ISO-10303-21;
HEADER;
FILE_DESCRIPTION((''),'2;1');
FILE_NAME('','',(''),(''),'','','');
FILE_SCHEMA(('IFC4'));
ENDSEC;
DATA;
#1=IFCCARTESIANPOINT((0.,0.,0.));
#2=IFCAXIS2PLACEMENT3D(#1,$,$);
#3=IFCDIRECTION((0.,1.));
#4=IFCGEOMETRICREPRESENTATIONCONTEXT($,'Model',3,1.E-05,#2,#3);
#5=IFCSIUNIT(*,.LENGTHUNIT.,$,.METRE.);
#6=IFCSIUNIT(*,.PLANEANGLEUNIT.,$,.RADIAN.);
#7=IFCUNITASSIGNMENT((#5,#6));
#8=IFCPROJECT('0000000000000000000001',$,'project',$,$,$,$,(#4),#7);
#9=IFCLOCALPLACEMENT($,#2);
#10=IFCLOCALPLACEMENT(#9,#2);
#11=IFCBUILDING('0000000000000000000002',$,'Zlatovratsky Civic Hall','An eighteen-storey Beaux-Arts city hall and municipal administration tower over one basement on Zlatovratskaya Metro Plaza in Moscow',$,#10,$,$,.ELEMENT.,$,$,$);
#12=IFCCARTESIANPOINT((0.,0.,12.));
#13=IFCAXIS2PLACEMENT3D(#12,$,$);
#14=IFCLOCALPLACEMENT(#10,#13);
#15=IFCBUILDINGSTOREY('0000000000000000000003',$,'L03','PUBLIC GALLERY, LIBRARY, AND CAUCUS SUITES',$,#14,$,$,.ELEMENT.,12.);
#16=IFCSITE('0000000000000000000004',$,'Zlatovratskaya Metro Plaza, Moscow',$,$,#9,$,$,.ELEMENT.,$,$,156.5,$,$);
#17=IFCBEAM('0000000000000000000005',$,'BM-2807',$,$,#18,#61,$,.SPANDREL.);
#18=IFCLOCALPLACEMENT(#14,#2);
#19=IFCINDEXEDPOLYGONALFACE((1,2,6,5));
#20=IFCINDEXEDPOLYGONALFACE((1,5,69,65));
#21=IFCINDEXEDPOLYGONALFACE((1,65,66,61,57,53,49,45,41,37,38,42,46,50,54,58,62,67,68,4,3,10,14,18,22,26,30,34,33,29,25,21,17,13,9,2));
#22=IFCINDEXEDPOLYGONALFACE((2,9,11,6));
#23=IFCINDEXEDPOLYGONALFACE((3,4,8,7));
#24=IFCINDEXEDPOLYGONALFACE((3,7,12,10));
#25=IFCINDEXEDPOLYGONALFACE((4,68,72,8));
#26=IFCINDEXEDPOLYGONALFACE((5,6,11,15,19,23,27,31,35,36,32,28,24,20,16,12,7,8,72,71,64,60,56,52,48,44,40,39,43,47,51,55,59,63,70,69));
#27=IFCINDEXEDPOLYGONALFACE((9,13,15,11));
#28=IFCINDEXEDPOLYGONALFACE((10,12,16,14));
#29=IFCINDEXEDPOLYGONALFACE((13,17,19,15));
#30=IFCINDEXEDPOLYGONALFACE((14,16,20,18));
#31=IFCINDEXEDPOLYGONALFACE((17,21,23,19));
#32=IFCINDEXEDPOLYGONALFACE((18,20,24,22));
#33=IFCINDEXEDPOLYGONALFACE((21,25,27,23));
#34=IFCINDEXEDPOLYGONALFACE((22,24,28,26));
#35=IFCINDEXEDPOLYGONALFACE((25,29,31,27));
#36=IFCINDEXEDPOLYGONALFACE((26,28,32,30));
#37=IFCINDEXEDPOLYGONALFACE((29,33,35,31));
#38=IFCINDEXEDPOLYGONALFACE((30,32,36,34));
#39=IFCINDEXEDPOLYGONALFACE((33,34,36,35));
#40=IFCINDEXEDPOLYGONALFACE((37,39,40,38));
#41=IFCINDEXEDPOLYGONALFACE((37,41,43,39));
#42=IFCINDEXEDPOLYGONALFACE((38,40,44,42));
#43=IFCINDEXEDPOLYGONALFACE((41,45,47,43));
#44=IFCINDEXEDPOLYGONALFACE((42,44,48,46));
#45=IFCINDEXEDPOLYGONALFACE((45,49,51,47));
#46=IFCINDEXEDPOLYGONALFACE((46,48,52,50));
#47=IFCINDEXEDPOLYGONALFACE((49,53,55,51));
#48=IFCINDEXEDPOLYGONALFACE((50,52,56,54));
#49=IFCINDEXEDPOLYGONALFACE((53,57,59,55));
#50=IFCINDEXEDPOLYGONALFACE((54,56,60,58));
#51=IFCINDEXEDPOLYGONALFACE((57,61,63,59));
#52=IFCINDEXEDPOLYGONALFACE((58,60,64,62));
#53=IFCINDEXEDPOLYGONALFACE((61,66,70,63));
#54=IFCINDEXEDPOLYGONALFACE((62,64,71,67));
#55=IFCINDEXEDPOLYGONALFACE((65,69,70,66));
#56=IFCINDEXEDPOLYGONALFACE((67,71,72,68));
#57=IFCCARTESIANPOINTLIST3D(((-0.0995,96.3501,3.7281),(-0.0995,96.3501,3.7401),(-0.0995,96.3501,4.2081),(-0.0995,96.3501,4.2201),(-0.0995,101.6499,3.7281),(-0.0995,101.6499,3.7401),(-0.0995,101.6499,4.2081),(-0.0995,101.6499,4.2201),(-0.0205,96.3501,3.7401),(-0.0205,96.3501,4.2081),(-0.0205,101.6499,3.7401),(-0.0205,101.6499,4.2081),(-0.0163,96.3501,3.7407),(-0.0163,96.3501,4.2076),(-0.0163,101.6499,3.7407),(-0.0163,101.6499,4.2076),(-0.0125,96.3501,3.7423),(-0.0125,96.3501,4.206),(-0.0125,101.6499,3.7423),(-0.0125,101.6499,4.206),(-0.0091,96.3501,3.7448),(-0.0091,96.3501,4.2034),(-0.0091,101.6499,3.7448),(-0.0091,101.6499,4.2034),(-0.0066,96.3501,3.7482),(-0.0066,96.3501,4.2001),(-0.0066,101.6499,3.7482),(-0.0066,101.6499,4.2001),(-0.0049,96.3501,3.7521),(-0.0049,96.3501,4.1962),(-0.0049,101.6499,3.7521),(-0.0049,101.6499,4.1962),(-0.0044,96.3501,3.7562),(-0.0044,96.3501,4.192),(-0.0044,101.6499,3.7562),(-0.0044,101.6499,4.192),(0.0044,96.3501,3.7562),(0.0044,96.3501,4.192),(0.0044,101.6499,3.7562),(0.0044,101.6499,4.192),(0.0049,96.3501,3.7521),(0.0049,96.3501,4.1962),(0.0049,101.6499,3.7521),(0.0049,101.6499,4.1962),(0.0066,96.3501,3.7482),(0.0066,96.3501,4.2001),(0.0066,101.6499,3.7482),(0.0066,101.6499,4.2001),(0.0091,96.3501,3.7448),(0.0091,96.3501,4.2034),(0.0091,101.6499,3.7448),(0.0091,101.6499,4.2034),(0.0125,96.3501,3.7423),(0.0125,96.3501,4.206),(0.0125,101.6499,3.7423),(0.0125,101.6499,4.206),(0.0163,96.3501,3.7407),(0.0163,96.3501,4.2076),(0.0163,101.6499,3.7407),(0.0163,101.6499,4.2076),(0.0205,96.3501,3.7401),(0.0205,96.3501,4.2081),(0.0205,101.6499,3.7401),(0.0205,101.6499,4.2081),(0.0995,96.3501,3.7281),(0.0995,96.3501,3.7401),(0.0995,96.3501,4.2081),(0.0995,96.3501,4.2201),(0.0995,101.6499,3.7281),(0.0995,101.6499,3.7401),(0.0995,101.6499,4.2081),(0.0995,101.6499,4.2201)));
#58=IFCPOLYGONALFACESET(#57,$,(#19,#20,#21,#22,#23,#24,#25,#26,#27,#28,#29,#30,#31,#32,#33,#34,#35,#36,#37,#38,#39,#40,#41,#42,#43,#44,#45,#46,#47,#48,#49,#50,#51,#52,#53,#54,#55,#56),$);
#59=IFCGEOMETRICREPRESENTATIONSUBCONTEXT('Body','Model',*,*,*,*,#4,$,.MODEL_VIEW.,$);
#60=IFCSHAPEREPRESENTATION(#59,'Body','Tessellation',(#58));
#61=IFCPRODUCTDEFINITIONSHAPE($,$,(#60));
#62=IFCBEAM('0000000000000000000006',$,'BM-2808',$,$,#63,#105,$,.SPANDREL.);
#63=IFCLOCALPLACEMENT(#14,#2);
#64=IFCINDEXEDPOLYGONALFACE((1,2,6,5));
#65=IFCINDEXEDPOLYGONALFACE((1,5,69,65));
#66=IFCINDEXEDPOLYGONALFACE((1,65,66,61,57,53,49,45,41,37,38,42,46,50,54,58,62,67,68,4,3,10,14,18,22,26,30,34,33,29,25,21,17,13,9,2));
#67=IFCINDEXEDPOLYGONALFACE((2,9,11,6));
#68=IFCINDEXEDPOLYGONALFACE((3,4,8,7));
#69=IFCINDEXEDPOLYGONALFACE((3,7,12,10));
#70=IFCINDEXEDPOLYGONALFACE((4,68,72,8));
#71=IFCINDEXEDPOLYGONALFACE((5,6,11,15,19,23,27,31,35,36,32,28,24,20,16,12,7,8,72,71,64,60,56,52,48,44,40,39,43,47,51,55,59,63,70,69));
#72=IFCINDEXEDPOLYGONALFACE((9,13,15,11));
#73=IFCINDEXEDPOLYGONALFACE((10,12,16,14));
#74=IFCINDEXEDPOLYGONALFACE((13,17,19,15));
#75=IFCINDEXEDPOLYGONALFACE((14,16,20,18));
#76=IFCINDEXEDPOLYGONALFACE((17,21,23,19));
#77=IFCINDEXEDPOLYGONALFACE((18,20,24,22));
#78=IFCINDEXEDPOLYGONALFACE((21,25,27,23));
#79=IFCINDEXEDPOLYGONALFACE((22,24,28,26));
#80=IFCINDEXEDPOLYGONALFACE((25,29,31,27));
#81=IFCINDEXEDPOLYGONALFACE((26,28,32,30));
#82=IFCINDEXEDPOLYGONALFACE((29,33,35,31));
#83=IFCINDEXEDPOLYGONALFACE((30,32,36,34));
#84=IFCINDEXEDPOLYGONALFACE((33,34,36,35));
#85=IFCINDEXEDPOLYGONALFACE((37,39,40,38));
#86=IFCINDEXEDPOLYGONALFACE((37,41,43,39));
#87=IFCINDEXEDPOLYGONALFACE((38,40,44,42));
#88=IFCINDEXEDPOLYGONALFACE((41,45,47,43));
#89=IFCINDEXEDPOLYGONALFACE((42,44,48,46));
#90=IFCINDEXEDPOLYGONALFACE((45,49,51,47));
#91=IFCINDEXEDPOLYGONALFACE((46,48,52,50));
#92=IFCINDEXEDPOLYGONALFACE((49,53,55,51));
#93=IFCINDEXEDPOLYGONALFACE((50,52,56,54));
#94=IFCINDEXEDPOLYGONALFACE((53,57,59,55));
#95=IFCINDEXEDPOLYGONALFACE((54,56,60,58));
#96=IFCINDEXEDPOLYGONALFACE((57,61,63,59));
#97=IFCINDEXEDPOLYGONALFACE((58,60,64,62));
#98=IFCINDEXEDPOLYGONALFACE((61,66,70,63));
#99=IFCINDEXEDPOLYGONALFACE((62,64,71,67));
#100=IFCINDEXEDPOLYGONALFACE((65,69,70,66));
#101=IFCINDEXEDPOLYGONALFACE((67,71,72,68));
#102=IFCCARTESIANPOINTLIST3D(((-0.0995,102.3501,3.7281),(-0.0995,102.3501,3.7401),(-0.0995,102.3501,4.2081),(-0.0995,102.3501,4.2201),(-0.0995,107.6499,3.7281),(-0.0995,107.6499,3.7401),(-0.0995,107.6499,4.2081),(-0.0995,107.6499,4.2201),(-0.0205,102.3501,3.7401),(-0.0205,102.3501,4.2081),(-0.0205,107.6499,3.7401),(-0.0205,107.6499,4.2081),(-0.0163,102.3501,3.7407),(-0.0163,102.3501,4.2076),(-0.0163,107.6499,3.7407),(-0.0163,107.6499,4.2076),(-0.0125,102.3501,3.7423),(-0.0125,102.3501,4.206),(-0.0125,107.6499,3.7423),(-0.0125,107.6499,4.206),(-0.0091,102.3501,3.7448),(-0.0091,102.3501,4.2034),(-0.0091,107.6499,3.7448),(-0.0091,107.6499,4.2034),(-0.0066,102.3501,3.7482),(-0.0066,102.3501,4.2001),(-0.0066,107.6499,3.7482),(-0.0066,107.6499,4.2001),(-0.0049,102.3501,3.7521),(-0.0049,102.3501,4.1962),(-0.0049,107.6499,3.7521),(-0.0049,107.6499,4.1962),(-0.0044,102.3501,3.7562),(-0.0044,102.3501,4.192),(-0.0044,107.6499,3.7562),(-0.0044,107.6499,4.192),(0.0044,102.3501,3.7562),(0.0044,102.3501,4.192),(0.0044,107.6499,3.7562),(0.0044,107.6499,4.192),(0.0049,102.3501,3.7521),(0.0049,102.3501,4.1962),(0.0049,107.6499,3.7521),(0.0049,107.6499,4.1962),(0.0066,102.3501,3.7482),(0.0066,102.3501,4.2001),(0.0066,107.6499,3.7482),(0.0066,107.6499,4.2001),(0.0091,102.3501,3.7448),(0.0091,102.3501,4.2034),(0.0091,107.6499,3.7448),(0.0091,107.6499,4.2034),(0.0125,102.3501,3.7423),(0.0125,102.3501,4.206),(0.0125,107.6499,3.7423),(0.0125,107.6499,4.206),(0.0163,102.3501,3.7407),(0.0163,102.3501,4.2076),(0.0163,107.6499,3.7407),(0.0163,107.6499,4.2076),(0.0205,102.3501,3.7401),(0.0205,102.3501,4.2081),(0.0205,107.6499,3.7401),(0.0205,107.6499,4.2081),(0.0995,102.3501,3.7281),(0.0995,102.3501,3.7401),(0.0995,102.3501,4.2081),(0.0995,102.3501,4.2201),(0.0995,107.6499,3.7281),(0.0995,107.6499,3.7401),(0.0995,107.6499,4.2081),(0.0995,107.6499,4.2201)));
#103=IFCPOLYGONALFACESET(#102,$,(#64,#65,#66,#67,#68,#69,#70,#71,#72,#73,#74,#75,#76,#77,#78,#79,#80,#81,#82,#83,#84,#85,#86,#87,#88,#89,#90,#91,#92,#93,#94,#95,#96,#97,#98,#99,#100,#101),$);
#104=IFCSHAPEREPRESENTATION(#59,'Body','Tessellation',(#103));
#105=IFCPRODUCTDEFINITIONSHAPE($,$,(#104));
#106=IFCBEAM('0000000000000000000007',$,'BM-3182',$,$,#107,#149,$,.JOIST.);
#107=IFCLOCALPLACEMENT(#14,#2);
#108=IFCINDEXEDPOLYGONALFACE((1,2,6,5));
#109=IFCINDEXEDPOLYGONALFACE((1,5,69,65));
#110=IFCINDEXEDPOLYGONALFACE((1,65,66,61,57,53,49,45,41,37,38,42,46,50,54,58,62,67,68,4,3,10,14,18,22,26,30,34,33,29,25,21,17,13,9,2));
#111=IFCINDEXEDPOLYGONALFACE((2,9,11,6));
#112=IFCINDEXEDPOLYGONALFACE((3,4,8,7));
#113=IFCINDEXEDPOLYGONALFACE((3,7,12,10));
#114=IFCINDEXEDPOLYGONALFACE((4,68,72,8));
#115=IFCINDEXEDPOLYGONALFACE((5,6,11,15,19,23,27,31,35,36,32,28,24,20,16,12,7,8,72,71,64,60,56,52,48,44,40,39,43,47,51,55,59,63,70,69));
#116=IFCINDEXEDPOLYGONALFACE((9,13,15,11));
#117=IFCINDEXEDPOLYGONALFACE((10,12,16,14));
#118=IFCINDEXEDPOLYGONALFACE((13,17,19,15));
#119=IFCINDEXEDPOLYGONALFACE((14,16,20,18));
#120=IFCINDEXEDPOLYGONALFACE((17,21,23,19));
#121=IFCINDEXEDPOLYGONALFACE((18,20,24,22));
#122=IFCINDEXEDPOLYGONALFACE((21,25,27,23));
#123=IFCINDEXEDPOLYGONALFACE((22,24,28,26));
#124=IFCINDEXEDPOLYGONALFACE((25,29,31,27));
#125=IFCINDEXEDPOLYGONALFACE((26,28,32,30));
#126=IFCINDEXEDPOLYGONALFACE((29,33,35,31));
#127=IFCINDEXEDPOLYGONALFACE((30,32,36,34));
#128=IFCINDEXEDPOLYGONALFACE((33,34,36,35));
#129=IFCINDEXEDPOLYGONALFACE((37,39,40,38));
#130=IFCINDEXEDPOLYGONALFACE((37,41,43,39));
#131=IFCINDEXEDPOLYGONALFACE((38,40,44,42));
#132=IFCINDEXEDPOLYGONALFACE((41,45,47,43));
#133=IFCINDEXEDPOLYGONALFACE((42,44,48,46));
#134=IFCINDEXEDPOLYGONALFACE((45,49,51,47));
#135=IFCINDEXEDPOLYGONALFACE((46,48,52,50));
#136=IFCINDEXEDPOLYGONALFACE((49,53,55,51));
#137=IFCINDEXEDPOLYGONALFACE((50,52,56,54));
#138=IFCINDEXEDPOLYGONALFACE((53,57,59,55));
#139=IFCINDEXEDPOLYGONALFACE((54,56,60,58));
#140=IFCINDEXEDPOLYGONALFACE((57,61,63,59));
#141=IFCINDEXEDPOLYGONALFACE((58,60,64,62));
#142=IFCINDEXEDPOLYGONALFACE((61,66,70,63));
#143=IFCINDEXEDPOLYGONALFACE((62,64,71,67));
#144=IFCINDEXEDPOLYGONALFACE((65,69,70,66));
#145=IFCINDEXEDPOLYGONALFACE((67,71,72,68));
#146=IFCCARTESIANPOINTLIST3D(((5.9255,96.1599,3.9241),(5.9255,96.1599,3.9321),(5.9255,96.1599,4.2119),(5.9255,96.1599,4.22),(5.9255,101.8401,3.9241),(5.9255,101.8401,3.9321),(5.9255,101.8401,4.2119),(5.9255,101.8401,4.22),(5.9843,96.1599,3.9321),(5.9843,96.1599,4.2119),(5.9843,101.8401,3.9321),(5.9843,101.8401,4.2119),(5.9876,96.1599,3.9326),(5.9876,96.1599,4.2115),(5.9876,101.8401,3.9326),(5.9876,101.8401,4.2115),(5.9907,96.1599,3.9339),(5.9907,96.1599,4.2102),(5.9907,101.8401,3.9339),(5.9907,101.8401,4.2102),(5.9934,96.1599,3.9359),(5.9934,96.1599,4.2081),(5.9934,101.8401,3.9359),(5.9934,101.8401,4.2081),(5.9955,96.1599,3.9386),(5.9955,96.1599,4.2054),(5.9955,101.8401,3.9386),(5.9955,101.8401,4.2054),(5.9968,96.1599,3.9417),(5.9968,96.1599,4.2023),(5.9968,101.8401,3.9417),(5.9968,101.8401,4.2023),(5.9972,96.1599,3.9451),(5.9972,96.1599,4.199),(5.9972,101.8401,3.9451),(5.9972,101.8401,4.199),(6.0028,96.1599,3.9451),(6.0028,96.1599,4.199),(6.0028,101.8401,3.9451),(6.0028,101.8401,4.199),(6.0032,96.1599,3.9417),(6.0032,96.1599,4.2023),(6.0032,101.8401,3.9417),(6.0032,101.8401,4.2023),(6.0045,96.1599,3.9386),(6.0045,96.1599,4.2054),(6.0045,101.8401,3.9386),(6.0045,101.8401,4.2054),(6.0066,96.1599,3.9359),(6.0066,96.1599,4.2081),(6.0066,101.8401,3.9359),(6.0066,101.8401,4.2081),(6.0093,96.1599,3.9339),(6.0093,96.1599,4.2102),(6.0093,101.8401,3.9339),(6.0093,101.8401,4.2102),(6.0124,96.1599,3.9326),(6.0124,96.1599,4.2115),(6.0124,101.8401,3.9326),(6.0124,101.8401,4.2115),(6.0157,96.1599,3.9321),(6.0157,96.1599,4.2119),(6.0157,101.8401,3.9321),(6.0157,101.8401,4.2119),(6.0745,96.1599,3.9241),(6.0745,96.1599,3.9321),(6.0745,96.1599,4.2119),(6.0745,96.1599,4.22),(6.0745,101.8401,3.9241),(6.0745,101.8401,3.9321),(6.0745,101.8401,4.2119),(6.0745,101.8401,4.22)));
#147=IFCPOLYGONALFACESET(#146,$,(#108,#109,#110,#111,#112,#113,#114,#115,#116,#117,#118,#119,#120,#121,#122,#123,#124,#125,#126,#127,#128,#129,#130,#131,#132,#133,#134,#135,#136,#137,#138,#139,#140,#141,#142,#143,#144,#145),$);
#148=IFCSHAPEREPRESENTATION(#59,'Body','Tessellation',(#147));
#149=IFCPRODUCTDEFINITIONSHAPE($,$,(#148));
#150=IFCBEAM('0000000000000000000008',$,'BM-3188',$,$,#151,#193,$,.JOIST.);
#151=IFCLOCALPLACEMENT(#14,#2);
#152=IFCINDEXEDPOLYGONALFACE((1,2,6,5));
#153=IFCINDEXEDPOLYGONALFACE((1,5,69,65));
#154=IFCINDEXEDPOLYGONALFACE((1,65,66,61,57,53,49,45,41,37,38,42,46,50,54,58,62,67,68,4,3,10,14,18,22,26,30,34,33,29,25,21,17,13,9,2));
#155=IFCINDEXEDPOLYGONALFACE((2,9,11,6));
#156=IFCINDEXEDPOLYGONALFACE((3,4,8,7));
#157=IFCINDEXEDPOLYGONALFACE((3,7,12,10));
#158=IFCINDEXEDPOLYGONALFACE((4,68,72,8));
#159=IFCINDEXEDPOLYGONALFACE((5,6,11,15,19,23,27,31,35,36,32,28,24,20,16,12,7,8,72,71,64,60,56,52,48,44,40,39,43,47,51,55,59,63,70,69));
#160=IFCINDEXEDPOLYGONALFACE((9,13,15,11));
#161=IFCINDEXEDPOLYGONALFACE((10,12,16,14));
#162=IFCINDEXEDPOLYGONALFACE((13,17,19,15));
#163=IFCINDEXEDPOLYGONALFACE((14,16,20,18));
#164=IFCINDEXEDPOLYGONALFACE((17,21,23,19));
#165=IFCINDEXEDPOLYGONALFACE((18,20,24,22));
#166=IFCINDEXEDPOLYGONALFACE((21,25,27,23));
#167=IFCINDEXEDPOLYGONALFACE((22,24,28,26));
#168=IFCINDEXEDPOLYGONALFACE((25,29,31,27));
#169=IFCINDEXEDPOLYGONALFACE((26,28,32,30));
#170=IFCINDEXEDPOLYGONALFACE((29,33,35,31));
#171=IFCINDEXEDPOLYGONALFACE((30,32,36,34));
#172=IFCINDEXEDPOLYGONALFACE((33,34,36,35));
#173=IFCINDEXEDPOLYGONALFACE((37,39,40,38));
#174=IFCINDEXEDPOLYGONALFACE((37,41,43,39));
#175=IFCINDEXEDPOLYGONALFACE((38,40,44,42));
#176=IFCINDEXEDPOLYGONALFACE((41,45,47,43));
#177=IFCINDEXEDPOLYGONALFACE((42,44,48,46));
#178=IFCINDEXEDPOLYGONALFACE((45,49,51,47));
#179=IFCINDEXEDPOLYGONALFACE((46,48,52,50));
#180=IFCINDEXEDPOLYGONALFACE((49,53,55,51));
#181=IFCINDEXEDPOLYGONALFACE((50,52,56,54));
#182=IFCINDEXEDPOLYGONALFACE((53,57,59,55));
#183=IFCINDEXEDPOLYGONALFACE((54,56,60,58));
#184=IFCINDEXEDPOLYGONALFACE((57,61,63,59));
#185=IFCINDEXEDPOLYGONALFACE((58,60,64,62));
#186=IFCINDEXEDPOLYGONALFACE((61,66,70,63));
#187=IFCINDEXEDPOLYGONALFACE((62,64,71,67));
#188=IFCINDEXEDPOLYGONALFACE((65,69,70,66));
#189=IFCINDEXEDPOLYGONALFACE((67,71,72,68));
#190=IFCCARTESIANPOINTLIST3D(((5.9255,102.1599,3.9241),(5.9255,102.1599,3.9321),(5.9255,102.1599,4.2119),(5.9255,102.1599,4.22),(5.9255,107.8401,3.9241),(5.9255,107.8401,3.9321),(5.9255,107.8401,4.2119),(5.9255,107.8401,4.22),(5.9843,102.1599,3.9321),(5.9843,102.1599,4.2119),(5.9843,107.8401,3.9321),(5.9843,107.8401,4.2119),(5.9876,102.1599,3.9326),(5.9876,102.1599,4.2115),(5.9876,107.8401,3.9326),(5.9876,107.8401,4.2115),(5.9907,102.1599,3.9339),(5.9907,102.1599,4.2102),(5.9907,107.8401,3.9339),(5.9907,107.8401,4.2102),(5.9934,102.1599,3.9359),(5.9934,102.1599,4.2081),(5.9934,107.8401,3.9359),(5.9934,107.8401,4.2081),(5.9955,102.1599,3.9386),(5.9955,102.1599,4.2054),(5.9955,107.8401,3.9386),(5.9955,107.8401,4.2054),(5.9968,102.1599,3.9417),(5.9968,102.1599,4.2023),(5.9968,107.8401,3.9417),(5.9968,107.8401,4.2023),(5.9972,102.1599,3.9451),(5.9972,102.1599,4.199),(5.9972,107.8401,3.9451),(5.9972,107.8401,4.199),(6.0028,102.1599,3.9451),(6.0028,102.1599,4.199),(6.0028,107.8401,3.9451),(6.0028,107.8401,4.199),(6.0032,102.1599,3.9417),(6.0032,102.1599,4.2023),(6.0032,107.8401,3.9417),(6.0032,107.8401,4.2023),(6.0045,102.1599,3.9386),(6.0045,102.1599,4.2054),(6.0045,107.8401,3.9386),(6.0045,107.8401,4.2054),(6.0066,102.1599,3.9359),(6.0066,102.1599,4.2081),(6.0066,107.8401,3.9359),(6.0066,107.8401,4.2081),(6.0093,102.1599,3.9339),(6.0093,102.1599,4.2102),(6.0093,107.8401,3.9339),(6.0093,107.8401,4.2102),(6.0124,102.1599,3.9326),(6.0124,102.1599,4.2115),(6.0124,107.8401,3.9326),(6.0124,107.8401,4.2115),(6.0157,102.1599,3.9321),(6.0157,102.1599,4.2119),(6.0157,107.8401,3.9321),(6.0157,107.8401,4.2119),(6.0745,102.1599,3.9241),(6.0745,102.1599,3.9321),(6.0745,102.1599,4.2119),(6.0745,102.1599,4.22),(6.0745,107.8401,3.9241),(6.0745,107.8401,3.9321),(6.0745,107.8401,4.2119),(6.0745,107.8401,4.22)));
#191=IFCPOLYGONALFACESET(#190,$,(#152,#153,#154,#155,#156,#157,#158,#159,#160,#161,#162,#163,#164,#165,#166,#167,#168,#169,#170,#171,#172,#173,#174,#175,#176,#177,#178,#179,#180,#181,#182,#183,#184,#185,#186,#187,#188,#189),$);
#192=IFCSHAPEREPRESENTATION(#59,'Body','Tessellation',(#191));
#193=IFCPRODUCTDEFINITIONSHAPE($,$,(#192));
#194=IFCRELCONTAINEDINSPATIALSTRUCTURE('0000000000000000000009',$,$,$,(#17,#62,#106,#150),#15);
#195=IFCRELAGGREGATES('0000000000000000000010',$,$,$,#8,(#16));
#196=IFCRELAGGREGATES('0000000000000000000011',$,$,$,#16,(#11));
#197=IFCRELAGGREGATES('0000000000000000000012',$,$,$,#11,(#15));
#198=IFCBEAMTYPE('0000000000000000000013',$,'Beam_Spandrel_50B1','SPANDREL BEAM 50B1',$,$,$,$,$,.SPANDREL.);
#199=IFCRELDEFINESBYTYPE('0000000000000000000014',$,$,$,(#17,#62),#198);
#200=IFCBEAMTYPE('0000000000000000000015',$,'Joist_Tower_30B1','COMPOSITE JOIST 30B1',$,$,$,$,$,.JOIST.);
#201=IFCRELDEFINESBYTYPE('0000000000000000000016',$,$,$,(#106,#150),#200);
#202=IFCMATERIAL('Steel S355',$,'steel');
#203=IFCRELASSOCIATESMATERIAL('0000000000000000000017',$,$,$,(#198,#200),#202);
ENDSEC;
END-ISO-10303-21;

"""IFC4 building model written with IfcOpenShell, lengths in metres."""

from ifc_helpers import new_model, si_unit, direction, frame, origin, origin_2d, place, context, subcontext, project, spatial, i_section, extrude, material, material_profile, profile_set, type_object, element, save


model = new_model("IFC4")

# Units and contexts
model_context = context("Model", 3, precision=1e-05, world=origin(), true_north=direction((0.0, 1.0)))
body_context = subcontext(model_context, "Body", "Model", "MODEL_VIEW")
ifc_project = project(units=[si_unit("LENGTHUNIT", "METRE"), si_unit("PLANEANGLEUNIT", "RADIAN")], contexts=[model_context])

# Site, building, storey
site_placement = place(None, origin())
site = spatial("IfcSite", under=ifc_project, at=site_placement, Name="Zlatovratskaya Metro Plaza, Moscow", CompositionType="ELEMENT", RefElevation=156.5)
building_placement = place(site_placement, origin())
building = spatial("IfcBuilding", under=site, at=building_placement, Name="Zlatovratsky Civic Hall", Description="An eighteen-storey Beaux-Arts city hall and municipal administration tower over one basement on Zlatovratskaya Metro Plaza in Moscow", CompositionType="ELEMENT")
storey_placement = place(building_placement, frame((0.0, 0.0, 12.0)))
storey = spatial("IfcBuildingStorey", under=building, at=storey_placement, Name="L03", Description="PUBLIC GALLERY, LIBRARY, AND CAUCUS SUITES", CompositionType="ELEMENT", Elevation=12.0)

# Shared definitions
ifc_material_1 = material(Name="Steel S355", Category="steel")

# Beams
ifc_material_profile_1 = material_profile(ifc_material_1, i_section(OverallWidth=0.199, OverallDepth=0.4919, WebThickness=0.0088, FlangeThickness=0.012, FilletRadius=0.0161, at=origin_2d()), Name="50B1")
ifc_profile_set_1 = profile_set([ifc_material_profile_1], Name="Steel S355")
beam_type_1 = type_object("IfcBeamType", Name="Beam_Spandrel_50B1", Description="SPANDREL BEAM 50B1", PredefinedType="SPANDREL", material=ifc_profile_set_1)
for number, where, z_axis, x_axis, name in (
    (1, (0.0, 96.3501, 3.9741), (0.0, 1.0, 0.0), (-1.0, 0.0, 0.0), "BM-2807"),
    (2, (0.0, 102.3501, 3.9741), (0.0, 1.0, 0.0), (-1.0, 0.0, 0.0), "BM-2808"),
):
    element("IfcBeam", number, at=place(storey_placement, frame(where, z_axis=z_axis, x_axis=x_axis)), inside=storey, type_object=beam_type_1, Name=name, PredefinedType="SPANDREL", context=body_context, shape_type="SweptSolid", body=[
        extrude(i_section(OverallWidth=0.199, OverallDepth=0.4919, WebThickness=0.0088, FlangeThickness=0.012, FilletRadius=0.0161, at=origin_2d()), origin(), (0.0, 0.0, 1.0), 5.2998),
    ])
ifc_material_profile_2 = material_profile(ifc_material_1, i_section(OverallWidth=0.1489, OverallDepth=0.2959, WebThickness=0.0056, FlangeThickness=0.0081, FilletRadius=0.0129, at=origin_2d()), Name="30B1")
ifc_profile_set_2 = profile_set([ifc_material_profile_2], Name="Steel S355")
beam_type_2 = type_object("IfcBeamType", Name="Joist_Tower_30B1", Description="COMPOSITE JOIST 30B1", PredefinedType="JOIST", material=ifc_profile_set_2)
for number, where, z_axis, x_axis, name in (
    (3, (6.0, 96.1599, 4.072), (0.0, 1.0, 0.0), (-1.0, 0.0, 0.0), "BM-3182"),
    (4, (6.0, 102.1599, 4.072), (0.0, 1.0, 0.0), (-1.0, 0.0, 0.0), "BM-3188"),
):
    element("IfcBeam", number, at=place(storey_placement, frame(where, z_axis=z_axis, x_axis=x_axis)), inside=storey, type_object=beam_type_2, Name=name, PredefinedType="JOIST", context=body_context, shape_type="SweptSolid", body=[
        extrude(i_section(OverallWidth=0.1489, OverallDepth=0.2959, WebThickness=0.0056, FlangeThickness=0.0081, FilletRadius=0.0129, at=origin_2d()), origin(), (0.0, 0.0, 1.0), 5.6802),
    ])

save(model, "model.ifc")
